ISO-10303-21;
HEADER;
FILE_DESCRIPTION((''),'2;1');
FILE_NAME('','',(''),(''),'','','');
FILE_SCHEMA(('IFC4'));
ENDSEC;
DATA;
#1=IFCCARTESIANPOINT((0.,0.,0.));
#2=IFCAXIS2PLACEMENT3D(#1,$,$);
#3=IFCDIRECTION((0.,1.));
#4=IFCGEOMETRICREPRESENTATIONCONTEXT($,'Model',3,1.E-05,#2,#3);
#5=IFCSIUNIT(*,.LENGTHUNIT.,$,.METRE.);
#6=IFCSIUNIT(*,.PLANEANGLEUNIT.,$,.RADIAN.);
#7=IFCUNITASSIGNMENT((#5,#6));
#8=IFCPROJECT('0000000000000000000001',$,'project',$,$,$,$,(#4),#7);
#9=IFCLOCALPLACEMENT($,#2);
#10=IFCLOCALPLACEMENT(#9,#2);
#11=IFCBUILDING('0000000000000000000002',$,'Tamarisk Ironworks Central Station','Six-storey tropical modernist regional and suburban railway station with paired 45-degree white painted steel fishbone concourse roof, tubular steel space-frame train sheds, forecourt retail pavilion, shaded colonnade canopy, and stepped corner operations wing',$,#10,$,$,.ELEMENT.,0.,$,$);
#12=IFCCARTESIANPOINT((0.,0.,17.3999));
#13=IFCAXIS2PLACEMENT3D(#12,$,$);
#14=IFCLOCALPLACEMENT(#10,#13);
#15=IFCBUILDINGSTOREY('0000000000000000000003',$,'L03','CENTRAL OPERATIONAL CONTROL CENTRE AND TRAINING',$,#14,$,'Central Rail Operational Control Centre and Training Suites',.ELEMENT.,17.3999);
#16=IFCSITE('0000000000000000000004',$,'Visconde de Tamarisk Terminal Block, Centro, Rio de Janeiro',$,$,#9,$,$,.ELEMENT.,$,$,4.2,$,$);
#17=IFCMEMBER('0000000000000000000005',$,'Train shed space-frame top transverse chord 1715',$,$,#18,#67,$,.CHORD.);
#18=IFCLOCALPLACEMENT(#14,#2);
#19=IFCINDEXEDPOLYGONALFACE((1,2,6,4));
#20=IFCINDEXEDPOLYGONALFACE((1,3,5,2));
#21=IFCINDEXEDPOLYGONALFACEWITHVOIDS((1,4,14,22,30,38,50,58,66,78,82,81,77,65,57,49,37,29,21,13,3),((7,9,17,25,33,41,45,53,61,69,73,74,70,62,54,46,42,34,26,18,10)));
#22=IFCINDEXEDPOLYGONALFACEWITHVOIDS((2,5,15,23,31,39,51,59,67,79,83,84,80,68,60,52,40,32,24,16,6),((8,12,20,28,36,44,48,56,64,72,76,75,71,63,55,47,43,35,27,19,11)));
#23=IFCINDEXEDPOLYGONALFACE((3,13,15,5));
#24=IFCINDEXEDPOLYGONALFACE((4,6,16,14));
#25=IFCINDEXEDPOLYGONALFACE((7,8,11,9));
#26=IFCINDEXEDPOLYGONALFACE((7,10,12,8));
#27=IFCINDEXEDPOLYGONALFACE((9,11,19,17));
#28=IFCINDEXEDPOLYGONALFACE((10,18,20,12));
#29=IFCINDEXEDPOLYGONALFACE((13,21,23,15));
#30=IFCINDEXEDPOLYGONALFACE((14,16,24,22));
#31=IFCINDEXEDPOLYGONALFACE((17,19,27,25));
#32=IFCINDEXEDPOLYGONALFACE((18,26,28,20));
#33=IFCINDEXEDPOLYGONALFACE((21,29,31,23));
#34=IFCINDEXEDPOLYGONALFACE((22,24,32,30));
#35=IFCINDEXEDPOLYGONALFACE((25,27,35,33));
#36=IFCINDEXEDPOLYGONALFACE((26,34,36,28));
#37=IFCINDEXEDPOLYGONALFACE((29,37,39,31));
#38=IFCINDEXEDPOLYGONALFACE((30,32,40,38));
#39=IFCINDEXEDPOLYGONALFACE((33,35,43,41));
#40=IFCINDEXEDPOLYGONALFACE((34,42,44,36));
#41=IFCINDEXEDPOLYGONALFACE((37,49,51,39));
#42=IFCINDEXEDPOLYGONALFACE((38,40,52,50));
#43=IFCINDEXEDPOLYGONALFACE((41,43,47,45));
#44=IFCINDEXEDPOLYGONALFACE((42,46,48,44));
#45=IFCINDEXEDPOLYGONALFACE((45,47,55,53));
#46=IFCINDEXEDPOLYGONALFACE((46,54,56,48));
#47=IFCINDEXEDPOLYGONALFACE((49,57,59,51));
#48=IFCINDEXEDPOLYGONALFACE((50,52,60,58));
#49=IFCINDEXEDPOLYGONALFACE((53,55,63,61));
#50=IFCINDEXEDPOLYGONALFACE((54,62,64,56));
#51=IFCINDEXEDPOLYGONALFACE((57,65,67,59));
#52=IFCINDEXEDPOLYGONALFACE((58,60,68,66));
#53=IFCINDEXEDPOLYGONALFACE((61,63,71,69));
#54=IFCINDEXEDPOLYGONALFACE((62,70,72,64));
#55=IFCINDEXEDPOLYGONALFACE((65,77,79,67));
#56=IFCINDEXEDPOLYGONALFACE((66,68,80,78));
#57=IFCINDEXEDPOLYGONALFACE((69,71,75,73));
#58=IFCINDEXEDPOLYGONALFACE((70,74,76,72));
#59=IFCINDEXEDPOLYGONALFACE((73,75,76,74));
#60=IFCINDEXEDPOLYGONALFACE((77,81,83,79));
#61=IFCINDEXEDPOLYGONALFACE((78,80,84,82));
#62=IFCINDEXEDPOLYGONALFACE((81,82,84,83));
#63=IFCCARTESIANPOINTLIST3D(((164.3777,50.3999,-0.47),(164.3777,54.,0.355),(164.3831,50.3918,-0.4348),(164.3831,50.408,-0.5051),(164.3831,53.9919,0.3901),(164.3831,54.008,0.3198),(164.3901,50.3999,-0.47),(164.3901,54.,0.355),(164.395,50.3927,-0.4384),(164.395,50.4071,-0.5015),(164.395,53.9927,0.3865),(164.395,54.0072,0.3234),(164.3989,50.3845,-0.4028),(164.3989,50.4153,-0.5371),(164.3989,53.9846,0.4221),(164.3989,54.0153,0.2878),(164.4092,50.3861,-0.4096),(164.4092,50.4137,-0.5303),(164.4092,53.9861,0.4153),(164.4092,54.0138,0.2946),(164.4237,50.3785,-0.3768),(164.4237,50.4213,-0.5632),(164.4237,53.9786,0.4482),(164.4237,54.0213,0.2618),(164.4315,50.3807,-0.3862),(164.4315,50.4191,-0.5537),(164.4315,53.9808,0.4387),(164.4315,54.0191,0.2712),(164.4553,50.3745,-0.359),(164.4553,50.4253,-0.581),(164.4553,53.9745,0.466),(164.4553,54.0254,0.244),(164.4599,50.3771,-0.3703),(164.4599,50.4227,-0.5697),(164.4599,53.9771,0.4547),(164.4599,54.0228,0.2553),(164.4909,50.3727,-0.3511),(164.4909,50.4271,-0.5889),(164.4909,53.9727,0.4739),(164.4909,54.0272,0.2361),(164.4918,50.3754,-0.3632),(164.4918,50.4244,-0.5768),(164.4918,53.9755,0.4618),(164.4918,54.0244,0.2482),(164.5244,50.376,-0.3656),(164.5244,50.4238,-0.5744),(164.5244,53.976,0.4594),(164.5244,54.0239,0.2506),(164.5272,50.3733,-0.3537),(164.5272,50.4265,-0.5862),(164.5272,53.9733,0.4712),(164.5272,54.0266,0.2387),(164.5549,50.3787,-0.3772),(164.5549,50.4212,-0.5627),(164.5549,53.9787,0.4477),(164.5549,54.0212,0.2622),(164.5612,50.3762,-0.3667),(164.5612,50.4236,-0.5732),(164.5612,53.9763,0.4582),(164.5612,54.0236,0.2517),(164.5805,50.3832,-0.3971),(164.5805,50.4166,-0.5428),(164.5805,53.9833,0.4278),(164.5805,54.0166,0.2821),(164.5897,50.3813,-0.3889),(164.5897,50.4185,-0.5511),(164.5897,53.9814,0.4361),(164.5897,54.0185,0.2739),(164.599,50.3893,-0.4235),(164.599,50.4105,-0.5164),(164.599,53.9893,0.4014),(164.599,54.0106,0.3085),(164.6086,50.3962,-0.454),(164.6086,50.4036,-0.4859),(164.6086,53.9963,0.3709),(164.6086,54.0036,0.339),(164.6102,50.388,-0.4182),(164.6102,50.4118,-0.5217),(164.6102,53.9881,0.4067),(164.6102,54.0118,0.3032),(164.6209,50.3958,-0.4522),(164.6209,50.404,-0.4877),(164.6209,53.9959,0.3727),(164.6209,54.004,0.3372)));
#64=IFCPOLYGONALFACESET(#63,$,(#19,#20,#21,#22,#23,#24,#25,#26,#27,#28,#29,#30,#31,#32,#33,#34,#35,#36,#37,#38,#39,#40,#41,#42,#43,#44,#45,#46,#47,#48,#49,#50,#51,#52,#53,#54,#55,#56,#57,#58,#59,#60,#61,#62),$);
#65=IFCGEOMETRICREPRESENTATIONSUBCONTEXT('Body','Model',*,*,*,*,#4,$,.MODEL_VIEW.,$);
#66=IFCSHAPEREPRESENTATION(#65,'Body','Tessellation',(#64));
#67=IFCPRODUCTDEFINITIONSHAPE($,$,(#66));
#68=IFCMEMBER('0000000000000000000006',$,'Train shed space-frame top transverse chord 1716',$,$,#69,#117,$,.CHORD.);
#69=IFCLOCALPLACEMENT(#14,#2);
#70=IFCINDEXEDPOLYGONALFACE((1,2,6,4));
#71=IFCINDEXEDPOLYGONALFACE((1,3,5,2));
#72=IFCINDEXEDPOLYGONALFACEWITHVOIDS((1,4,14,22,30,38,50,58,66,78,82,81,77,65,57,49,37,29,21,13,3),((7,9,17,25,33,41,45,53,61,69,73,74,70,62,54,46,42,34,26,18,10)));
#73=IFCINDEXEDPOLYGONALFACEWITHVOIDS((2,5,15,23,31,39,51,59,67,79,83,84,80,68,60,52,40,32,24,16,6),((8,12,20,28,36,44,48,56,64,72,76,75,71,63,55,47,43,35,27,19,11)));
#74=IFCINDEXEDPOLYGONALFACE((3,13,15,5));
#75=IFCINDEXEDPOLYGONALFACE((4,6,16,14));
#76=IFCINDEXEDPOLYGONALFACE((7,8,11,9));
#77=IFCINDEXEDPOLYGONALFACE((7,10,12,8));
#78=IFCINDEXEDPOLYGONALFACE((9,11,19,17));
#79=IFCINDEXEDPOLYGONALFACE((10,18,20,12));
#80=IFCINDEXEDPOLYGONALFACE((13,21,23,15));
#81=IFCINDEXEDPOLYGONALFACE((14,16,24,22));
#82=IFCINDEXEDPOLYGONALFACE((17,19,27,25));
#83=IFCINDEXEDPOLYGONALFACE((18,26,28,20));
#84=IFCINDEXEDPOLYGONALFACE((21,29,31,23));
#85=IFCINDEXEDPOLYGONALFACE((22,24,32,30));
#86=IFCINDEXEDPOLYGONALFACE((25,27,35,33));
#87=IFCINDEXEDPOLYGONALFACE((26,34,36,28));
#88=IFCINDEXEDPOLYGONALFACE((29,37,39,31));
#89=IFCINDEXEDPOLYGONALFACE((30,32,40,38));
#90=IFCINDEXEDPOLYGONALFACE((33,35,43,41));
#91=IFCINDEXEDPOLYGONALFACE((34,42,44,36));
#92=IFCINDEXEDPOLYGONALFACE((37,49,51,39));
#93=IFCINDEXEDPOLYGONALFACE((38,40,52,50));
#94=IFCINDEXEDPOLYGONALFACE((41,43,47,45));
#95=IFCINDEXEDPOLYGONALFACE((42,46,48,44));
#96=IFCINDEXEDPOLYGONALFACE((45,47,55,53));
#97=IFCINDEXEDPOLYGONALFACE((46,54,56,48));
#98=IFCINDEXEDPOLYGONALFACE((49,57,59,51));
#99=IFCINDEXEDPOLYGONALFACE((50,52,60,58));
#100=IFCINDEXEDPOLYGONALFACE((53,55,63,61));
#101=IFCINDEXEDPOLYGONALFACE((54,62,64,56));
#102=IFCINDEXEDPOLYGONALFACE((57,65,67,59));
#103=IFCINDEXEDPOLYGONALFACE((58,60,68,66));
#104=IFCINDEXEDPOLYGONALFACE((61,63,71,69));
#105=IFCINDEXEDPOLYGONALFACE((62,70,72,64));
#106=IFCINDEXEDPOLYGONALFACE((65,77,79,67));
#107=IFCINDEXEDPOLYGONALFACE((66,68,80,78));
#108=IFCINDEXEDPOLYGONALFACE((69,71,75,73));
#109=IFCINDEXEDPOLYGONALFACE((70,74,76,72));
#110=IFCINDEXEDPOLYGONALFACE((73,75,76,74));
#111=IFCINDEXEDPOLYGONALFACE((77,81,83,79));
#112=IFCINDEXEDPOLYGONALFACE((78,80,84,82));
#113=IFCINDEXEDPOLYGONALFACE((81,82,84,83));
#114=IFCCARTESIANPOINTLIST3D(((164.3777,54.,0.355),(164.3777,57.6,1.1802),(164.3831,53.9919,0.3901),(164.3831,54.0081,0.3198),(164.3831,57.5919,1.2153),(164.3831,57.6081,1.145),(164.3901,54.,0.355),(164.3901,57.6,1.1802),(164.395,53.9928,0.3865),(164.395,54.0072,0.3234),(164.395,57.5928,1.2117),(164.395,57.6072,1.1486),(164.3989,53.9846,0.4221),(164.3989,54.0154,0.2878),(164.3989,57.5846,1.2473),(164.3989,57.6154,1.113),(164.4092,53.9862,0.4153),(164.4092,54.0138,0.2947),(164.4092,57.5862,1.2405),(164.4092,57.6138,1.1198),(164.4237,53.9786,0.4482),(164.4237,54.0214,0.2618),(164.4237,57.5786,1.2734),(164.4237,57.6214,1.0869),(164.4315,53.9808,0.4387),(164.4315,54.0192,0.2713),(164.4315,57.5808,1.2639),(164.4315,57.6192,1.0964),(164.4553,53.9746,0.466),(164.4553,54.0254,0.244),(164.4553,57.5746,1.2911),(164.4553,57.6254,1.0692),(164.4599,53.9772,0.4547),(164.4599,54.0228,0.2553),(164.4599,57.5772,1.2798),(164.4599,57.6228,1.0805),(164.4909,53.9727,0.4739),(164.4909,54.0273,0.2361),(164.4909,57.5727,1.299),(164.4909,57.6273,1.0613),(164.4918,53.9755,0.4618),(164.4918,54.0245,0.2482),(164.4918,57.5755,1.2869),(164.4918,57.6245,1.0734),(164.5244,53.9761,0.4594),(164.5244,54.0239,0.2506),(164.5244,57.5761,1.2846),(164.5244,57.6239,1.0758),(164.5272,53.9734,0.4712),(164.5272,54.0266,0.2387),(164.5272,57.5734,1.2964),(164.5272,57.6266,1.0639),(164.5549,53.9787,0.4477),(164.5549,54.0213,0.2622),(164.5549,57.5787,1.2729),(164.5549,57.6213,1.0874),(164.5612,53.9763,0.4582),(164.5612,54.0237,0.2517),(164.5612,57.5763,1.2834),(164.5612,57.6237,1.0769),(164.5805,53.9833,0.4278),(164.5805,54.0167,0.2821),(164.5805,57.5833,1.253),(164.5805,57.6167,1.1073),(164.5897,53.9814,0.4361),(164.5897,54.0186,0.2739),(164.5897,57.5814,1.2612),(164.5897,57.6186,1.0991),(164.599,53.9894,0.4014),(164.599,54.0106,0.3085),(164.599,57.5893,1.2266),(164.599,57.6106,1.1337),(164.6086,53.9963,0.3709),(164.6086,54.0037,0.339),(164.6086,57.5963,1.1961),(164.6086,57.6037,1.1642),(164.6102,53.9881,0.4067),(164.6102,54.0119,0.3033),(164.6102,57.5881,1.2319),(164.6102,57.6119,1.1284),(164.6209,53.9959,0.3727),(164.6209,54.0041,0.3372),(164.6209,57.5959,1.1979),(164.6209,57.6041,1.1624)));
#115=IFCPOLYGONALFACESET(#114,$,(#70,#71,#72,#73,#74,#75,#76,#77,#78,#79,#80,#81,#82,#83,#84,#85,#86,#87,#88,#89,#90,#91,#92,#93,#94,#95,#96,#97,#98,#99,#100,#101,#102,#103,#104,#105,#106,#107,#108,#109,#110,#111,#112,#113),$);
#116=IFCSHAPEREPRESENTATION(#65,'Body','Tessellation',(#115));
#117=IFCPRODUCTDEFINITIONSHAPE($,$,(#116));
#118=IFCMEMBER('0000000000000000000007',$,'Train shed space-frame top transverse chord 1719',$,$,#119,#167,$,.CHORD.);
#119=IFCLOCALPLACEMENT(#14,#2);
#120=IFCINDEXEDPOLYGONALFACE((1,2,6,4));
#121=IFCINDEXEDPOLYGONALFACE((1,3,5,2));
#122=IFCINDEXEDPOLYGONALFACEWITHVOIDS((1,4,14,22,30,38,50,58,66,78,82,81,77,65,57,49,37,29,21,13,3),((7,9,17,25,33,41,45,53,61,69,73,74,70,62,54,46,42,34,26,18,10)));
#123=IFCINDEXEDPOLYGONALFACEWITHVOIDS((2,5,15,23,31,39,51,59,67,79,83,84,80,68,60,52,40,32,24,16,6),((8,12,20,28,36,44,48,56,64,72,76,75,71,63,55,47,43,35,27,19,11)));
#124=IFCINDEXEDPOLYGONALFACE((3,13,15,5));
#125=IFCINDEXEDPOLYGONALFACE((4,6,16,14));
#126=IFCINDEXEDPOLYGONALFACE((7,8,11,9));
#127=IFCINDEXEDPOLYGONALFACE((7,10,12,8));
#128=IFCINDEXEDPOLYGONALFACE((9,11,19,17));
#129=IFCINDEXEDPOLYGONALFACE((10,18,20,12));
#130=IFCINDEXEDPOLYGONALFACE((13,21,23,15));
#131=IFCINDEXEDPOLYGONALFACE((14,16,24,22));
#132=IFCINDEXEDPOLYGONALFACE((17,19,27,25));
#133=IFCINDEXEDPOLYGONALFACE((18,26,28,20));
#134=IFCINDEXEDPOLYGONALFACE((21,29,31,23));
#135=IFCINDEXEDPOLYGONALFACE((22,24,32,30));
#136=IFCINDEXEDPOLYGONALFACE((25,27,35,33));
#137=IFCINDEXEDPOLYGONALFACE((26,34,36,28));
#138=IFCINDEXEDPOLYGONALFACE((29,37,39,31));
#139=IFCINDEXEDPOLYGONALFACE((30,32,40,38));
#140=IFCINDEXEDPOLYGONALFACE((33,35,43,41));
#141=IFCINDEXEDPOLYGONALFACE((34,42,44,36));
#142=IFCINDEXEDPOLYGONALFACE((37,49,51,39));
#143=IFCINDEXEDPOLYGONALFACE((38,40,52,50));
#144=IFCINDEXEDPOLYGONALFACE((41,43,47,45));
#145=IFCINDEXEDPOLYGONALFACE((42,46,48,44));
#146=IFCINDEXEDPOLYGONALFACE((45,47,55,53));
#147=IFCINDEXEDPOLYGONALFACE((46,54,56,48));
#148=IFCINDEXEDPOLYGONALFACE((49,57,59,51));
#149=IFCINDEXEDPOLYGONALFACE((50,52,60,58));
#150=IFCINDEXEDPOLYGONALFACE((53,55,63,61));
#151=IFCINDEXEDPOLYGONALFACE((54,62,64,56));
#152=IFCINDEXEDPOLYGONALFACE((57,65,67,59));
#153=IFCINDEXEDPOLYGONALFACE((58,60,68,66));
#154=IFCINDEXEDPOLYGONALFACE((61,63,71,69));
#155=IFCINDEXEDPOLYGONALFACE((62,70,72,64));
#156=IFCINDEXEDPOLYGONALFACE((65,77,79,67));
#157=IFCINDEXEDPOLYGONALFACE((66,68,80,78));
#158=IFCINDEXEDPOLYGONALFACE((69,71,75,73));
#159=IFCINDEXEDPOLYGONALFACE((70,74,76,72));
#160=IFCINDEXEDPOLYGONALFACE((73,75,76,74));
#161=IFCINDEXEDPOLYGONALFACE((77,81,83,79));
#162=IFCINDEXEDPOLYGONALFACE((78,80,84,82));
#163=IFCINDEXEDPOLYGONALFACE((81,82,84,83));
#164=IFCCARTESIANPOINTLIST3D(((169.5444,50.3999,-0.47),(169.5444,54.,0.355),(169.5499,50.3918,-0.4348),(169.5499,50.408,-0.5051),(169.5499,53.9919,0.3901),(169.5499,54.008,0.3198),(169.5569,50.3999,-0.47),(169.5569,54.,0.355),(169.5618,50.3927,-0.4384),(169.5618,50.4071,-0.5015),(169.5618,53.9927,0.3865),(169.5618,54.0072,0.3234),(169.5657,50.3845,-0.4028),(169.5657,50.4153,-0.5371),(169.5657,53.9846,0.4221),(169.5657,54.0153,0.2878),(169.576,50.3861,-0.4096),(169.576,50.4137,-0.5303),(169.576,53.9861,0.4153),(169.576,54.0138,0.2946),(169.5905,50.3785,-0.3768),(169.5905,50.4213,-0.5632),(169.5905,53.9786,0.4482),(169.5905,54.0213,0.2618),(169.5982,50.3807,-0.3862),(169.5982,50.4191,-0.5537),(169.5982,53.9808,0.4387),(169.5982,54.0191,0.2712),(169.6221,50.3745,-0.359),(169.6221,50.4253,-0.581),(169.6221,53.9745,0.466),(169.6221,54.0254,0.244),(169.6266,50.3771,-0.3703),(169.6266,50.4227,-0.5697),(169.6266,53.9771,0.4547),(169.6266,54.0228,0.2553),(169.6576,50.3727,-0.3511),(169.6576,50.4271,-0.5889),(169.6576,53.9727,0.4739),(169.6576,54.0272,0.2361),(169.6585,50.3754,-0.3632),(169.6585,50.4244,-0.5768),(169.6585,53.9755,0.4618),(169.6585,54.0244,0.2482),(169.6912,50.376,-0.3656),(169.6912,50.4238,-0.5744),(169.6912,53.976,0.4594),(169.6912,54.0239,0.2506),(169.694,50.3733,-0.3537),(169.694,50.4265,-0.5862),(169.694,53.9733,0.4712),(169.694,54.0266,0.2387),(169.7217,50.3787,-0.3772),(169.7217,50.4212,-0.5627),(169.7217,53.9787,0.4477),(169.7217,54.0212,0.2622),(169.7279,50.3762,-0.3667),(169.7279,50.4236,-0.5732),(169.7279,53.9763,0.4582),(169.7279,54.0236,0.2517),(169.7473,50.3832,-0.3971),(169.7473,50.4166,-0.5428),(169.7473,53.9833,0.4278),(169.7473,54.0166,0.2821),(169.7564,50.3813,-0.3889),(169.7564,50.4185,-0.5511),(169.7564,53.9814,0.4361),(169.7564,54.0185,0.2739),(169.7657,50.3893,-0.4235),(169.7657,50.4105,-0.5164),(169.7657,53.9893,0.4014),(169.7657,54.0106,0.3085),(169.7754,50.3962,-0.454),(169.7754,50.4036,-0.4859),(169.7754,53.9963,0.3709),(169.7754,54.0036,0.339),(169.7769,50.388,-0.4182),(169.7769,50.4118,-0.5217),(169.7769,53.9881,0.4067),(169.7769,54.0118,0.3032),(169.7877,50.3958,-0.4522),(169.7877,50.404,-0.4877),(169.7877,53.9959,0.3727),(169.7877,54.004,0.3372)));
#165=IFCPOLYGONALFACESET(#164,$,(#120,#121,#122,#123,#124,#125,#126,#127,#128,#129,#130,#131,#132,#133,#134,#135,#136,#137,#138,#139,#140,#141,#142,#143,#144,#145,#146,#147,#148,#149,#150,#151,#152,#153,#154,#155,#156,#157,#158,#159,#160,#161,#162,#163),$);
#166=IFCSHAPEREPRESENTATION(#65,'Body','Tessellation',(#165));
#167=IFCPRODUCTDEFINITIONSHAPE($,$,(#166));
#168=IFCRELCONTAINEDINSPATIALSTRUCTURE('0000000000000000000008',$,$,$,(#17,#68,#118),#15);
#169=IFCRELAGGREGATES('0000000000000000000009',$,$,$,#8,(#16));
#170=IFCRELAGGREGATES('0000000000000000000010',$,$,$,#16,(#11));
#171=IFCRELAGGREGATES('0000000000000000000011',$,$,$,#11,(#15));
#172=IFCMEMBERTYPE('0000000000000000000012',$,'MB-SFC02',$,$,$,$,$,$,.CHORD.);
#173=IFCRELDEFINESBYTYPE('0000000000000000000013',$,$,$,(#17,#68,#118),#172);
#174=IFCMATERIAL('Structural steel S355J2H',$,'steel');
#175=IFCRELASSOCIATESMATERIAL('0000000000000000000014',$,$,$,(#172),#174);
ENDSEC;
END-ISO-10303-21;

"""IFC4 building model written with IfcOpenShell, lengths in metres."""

from ifc_helpers import new_model, si_unit, direction, frame, origin, origin_2d, place, context, subcontext, project, spatial, hollow_circle, extrude, material, material_profile, profile_set, type_object, element, save


model = new_model("IFC4")

# Units and contexts
model_context = context("Model", 3, precision=1e-05, world=origin(), true_north=direction((0.0, 1.0)))
body_context = subcontext(model_context, "Body", "Model", "MODEL_VIEW")
ifc_project = project(units=[si_unit("LENGTHUNIT", "METRE"), si_unit("PLANEANGLEUNIT", "RADIAN")], contexts=[model_context])

# Site, building, storey
site_placement = place(None, origin())
site = spatial("IfcSite", under=ifc_project, at=site_placement, Name="Visconde de Tamarisk Terminal Block, Centro, Rio de Janeiro", CompositionType="ELEMENT", RefElevation=4.2)
building_placement = place(site_placement, origin())
building = spatial("IfcBuilding", under=site, at=building_placement, Name="Tamarisk Ironworks Central Station", Description="Six-storey tropical modernist regional and suburban railway station with paired 45-degree white painted steel fishbone concourse roof, tubular steel space-frame train sheds, forecourt retail pavilion, shaded colonnade canopy, and stepped corner operations wing", CompositionType="ELEMENT", ElevationOfRefHeight=0.0)
storey_placement = place(building_placement, frame((0.0, 0.0, 17.3999)))
storey = spatial("IfcBuildingStorey", under=building, at=storey_placement, Name="L03", Description="CENTRAL OPERATIONAL CONTROL CENTRE AND TRAINING", LongName="Central Rail Operational Control Centre and Training Suites", CompositionType="ELEMENT", Elevation=17.3999)

# Members
ifc_material_1 = material(Name="Structural steel S355J2H", Category="steel")
ifc_material_profile_1 = material_profile(ifc_material_1, hollow_circle(Radius=0.1223, WallThickness=0.0125, at=origin_2d()), Name="CHS 244.5x12.5")
ifc_profile_set_1 = profile_set([ifc_material_profile_1], Name="Structural steel S355J2H")
member_type_1 = type_object("IfcMemberType", Name="MB-SFC02", PredefinedType="CHORD", material=ifc_profile_set_1)
for number, where, z_axis, x_axis, name in (
    (1, (164.5, 50.3999, -0.47), (0.0, 0.974737, 0.223358), (-1.0, 0.0, 0.0), "Train shed space-frame top transverse chord 1715"),
    (2, (164.5, 54.0, 0.355), (0.0, 0.974722, 0.223421), (-1.0, 0.0, 0.0), "Train shed space-frame top transverse chord 1716"),
    (3, (169.6667, 50.3999, -0.47), (0.0, 0.974737, 0.223358), (-1.0, 0.0, 0.0), "Train shed space-frame top transverse chord 1719"),
):
    element("IfcMember", number, at=place(storey_placement, frame(where, z_axis=z_axis, x_axis=x_axis)), inside=storey, type_object=member_type_1, Name=name, PredefinedType="CHORD", context=body_context, shape_type="SweptSolid", body=[
        extrude(hollow_circle(Radius=0.1223, WallThickness=0.0125, at=origin_2d()), origin(), (0.0, 0.0, 1.0), 3.6934),
    ])

save(model, "model.ifc")
